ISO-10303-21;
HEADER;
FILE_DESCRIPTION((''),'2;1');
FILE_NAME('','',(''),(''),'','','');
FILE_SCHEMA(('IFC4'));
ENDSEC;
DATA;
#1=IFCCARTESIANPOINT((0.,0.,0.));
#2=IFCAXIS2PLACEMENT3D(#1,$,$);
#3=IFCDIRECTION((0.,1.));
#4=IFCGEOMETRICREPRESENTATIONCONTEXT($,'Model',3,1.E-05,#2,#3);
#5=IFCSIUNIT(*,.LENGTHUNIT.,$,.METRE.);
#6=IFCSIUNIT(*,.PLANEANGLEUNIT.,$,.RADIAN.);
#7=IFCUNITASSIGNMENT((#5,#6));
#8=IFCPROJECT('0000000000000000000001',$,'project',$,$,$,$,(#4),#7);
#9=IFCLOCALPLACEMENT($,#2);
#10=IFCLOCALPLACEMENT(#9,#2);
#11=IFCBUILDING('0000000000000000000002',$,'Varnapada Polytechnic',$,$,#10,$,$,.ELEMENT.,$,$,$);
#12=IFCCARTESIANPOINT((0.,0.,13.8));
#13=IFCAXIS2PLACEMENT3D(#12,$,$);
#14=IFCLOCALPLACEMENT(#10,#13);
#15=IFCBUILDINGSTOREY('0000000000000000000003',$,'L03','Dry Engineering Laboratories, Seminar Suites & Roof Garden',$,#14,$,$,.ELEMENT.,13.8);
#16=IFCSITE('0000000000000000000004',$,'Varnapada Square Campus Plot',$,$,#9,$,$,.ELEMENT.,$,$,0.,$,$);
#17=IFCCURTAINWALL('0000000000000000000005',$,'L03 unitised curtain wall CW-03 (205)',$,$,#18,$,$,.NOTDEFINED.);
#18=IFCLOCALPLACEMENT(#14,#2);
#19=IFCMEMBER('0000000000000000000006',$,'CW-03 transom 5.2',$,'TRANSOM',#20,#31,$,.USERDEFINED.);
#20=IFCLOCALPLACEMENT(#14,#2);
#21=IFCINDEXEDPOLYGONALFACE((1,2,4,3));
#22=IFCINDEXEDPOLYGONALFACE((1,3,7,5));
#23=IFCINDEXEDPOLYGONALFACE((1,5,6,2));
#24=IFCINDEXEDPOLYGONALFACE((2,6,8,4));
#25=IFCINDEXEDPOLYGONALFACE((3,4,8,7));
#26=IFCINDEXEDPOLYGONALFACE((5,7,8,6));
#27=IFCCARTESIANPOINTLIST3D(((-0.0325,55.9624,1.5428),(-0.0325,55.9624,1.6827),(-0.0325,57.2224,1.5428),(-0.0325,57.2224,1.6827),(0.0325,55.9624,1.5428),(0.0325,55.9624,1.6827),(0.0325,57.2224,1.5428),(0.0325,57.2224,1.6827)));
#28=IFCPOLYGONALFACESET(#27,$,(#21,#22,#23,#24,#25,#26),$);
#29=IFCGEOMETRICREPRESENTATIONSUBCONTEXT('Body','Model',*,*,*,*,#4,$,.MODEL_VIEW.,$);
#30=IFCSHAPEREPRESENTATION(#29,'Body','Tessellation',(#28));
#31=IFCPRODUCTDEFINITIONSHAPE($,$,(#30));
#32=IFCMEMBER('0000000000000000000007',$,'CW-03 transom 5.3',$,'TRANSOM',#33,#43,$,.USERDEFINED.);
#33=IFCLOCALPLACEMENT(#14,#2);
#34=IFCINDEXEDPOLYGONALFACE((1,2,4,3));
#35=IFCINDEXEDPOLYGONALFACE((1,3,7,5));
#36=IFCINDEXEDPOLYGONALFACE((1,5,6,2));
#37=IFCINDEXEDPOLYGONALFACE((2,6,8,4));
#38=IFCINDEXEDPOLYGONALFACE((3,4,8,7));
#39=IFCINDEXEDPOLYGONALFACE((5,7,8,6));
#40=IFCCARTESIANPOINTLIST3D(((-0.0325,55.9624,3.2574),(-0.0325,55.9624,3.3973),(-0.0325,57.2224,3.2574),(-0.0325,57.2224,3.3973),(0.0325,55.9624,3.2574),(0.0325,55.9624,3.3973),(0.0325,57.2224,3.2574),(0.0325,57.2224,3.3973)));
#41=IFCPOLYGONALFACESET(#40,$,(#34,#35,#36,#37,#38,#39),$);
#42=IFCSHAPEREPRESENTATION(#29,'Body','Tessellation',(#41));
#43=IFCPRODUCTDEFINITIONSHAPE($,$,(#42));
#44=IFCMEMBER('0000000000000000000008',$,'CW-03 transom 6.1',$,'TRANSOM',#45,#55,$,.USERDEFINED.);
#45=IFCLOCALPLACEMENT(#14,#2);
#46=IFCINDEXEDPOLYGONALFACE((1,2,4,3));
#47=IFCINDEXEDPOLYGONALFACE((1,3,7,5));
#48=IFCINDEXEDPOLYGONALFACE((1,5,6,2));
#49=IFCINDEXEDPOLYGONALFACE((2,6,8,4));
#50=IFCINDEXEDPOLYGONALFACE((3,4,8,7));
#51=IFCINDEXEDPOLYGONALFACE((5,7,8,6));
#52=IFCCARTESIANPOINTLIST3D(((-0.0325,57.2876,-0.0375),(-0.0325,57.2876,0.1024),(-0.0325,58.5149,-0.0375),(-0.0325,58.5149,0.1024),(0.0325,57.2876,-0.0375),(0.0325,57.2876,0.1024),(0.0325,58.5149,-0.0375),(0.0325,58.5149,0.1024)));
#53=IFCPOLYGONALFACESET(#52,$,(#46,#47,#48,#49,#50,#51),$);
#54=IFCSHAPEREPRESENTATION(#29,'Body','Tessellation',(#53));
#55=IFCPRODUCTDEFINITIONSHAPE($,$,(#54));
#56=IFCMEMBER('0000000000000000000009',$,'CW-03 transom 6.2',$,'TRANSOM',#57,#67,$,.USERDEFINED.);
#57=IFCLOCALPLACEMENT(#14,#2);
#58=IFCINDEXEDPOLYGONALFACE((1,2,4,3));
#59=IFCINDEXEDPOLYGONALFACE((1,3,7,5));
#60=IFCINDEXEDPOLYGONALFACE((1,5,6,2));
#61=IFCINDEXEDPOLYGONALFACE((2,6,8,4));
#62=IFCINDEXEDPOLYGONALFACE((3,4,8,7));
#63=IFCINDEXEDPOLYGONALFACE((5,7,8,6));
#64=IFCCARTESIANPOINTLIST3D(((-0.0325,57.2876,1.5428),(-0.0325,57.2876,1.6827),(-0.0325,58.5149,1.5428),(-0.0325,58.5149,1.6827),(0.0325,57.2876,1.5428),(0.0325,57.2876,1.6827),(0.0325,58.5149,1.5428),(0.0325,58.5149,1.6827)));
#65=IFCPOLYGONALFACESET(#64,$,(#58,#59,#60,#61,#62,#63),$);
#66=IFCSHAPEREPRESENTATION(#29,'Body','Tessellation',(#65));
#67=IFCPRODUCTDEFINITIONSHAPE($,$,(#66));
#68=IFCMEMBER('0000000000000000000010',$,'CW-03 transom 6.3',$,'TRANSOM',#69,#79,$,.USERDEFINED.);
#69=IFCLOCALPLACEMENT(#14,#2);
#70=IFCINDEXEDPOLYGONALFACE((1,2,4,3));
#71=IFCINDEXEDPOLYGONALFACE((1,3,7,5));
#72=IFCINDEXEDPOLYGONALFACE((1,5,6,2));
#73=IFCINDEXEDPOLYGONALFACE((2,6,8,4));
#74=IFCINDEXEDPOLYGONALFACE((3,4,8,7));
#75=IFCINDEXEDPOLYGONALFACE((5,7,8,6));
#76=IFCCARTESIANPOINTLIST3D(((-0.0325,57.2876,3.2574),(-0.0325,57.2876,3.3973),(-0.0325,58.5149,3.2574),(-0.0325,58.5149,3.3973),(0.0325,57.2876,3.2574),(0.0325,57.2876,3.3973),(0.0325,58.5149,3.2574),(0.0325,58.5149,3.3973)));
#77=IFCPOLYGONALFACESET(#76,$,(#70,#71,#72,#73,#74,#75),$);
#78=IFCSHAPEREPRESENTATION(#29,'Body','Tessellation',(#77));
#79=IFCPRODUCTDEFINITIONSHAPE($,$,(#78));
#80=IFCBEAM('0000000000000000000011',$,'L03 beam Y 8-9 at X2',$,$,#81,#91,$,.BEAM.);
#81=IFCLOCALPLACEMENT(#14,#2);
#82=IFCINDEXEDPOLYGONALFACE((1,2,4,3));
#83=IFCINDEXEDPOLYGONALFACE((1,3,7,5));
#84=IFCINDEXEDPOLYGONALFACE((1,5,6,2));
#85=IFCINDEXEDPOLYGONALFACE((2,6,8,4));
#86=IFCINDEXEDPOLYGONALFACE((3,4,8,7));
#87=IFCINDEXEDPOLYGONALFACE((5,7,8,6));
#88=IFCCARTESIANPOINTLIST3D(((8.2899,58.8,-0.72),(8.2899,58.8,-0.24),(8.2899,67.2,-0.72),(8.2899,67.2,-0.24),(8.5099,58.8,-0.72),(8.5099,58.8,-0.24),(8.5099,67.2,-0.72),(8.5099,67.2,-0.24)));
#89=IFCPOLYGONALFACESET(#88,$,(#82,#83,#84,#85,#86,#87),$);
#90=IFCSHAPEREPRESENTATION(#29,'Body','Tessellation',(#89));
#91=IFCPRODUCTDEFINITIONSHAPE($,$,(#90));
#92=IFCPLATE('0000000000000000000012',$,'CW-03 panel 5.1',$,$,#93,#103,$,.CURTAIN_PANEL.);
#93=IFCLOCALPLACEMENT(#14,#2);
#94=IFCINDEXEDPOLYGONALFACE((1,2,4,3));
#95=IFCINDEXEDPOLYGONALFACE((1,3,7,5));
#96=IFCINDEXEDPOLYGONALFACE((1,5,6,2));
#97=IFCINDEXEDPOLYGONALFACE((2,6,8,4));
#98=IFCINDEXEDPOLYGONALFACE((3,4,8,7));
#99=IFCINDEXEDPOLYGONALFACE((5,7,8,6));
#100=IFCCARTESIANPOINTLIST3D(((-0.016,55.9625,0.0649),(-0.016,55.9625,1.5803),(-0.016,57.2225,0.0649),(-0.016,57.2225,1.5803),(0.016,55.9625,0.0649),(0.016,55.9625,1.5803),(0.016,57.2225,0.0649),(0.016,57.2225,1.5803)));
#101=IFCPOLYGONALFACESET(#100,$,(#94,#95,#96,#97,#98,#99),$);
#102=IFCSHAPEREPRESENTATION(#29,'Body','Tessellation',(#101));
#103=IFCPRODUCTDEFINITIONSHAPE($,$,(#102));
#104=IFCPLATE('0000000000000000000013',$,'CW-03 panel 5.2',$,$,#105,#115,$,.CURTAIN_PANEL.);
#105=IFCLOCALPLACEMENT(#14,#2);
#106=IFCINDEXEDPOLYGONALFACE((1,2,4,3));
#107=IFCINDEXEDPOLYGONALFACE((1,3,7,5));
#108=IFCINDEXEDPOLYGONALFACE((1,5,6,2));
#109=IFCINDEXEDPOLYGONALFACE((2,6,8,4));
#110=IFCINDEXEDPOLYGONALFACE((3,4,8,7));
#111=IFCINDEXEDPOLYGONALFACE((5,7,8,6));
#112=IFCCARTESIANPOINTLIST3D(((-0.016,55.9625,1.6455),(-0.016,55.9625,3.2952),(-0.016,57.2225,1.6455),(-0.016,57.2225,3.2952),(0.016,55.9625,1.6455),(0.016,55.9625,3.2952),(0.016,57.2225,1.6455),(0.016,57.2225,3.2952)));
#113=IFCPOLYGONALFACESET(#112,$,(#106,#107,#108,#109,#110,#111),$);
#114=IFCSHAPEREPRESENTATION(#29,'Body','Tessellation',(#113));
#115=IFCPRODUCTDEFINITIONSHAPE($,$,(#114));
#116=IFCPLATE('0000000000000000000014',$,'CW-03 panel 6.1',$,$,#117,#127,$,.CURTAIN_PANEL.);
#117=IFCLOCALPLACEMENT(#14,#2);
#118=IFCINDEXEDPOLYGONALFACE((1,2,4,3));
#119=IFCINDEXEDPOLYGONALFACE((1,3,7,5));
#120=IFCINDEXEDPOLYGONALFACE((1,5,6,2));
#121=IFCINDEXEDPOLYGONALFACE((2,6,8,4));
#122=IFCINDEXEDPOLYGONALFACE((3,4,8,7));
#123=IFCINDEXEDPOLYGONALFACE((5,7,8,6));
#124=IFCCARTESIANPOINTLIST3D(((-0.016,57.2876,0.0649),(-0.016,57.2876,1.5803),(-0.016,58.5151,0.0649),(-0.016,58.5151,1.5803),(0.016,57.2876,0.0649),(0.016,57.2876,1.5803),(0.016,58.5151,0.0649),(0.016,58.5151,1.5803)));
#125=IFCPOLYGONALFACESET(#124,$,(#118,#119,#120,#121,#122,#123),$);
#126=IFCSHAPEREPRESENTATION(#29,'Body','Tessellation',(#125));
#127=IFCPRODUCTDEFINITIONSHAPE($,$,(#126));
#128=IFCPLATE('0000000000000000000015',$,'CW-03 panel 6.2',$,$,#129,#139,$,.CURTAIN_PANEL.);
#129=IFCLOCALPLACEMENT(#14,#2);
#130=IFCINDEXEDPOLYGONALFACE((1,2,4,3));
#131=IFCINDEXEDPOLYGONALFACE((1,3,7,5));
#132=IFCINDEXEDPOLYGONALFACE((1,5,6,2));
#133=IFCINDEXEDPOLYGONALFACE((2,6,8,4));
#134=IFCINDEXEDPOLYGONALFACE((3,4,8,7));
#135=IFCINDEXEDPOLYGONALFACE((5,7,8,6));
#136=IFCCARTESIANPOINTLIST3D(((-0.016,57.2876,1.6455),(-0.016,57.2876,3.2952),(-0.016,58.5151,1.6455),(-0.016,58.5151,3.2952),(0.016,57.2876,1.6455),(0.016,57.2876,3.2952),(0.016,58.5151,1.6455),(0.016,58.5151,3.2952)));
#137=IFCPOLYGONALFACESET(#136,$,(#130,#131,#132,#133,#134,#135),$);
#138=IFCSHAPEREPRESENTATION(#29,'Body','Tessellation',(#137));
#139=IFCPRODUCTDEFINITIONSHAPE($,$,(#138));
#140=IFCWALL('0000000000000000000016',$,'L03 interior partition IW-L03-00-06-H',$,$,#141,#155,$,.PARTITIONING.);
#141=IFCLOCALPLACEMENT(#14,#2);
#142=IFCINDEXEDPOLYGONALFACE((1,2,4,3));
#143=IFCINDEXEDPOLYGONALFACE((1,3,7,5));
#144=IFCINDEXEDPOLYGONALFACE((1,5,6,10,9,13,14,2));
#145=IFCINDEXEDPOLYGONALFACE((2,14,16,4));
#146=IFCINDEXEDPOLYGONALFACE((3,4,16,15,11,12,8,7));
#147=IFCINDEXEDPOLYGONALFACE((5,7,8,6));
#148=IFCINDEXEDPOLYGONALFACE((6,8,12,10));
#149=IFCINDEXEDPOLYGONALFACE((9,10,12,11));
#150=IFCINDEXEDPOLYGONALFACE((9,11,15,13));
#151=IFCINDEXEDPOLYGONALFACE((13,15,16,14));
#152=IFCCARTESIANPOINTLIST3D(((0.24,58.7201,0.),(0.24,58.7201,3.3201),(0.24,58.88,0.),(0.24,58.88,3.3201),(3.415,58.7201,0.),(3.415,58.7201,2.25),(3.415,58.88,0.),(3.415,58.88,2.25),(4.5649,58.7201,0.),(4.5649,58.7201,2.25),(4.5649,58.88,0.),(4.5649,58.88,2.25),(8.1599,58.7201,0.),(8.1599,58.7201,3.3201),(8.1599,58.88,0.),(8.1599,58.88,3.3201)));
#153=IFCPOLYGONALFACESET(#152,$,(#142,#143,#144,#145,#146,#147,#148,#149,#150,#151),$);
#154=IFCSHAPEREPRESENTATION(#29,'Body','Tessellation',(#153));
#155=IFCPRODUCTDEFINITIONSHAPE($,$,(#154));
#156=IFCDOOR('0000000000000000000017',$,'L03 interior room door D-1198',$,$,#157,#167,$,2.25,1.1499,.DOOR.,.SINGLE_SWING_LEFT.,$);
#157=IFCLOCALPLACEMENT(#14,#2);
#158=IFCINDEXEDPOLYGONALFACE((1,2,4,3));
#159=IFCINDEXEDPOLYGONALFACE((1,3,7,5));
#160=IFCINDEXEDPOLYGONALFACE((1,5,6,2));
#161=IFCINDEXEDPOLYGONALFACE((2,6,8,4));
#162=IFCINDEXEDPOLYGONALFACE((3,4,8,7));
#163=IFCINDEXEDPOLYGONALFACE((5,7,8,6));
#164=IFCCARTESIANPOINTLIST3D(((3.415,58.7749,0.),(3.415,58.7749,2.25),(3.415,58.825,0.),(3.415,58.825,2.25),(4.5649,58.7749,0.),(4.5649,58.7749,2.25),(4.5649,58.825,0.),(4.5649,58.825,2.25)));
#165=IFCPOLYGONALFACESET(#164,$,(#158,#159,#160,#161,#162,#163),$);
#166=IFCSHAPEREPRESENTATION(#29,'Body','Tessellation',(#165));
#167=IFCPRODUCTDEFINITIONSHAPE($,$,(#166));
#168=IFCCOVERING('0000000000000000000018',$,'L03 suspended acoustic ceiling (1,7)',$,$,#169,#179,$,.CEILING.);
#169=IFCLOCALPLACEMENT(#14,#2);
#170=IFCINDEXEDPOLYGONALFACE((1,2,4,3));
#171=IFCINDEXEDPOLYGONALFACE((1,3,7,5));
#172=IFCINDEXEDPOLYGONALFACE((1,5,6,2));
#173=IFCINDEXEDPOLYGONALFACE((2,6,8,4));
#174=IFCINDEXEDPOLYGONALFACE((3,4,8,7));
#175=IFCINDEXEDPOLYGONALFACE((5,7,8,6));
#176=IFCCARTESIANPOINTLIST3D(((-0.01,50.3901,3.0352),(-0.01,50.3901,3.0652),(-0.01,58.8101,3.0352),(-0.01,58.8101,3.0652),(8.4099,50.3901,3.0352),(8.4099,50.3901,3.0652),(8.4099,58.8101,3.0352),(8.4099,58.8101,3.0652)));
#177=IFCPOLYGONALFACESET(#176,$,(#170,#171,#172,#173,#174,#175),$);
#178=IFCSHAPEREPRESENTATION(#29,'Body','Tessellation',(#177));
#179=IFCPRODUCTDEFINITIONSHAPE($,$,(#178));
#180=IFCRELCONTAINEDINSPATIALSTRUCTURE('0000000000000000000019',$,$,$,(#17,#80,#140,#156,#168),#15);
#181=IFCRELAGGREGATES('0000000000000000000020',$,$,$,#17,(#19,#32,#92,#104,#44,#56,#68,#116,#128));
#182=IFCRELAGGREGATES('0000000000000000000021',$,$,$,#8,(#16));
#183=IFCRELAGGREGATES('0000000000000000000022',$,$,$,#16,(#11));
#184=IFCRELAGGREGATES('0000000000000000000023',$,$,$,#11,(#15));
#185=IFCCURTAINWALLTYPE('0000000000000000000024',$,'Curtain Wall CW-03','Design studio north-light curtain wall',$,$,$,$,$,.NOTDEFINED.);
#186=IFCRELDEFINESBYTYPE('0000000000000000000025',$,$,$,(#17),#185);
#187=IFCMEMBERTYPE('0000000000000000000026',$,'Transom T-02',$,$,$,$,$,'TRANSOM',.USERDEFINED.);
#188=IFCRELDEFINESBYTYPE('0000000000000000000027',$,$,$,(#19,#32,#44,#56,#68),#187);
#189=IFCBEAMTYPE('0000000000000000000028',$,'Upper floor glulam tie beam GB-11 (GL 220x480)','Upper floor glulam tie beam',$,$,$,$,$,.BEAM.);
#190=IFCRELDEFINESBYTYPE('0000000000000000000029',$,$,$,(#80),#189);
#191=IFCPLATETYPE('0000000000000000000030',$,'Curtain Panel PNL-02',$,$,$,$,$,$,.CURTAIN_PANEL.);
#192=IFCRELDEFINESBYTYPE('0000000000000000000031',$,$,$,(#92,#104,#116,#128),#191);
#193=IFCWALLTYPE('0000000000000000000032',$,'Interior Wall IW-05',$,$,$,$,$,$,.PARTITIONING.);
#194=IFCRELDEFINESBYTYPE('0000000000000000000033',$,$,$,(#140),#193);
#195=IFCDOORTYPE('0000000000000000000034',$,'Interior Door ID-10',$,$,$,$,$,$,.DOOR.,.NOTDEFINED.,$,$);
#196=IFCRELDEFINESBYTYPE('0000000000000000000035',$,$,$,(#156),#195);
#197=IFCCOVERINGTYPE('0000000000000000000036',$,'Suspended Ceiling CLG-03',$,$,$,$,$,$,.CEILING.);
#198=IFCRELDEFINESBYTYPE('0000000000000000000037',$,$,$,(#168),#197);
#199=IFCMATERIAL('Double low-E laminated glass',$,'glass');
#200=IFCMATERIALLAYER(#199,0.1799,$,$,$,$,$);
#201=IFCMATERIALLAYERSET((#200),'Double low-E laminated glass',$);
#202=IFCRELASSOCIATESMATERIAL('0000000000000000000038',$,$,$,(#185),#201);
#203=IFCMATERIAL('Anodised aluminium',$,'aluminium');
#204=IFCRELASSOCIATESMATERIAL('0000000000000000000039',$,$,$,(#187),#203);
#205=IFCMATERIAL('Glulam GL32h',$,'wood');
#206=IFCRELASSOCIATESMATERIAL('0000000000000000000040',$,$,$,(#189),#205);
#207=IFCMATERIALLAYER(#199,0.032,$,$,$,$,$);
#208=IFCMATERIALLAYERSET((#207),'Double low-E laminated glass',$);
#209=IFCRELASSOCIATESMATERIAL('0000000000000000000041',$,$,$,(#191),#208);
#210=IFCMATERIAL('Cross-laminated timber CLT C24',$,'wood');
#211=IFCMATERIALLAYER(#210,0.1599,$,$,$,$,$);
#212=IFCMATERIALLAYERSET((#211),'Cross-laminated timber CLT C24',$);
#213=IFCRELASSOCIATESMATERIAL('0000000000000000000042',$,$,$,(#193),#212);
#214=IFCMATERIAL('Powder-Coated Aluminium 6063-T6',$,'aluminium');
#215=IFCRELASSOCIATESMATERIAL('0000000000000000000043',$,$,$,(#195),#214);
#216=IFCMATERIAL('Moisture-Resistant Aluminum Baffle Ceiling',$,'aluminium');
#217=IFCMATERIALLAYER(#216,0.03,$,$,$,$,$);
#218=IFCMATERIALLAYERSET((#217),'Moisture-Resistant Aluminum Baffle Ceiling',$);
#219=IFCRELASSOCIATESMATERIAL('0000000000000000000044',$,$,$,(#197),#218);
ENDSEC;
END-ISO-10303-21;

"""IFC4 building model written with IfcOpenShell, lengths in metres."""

from ifc_helpers import new_model, si_unit, direction, frame, frame_2d, origin, origin_2d, place, context, subcontext, project, spatial, rectangle, extrude, material, layer, layer_set, material_profile, profile_set, type_object, element, fill, aggregate, save


model = new_model("IFC4")

# Units and contexts
model_context = context("Model", 3, precision=1e-05, world=origin(), true_north=direction((0.0, 1.0)))
body_context = subcontext(model_context, "Body", "Model", "MODEL_VIEW")
ifc_project = project(units=[si_unit("LENGTHUNIT", "METRE"), si_unit("PLANEANGLEUNIT", "RADIAN")], contexts=[model_context])

# Site, building, storey
site_placement = place(None, origin())
site = spatial("IfcSite", under=ifc_project, at=site_placement, Name="Varnapada Square Campus Plot", CompositionType="ELEMENT", RefElevation=0.0)
building_placement = place(site_placement, origin())
building = spatial("IfcBuilding", under=site, at=building_placement, Name="Varnapada Polytechnic", CompositionType="ELEMENT")
storey_placement = place(building_placement, frame((0.0, 0.0, 13.8)))
storey = spatial("IfcBuildingStorey", under=building, at=storey_placement, Name="L03", Description="Dry Engineering Laboratories, Seminar Suites & Roof Garden", CompositionType="ELEMENT", Elevation=13.8)

# Shared definitions
ifc_material_1 = material(Name="Glulam GL32h", Category="wood")

# Curtain wall
ifc_material_2 = material(Name="Double low-E laminated glass", Category="glass")
ifc_layer_1 = layer(ifc_material_2, 0.1799)
ifc_layer_set_1 = layer_set([ifc_layer_1], Name="Double low-E laminated glass")
curtain_wall_type = type_object("IfcCurtainWallType", Name="Curtain Wall CW-03", Description="Design studio north-light curtain wall", PredefinedType="NOTDEFINED", material=ifc_layer_set_1)
curtain_wall_placement = place(storey_placement, origin())
curtain_wall = element("IfcCurtainWall", 1, at=curtain_wall_placement, inside=storey, type_object=curtain_wall_type, Name="L03 unitised curtain wall CW-03 (205)", PredefinedType="NOTDEFINED")
ifc_material_3 = material(Name="Anodised aluminium", Category="aluminium")

# Members
ifc_material_profile_1 = material_profile(ifc_material_3, rectangle(XDim=0.0649, YDim=0.1399, at=origin_2d()), Name="ALU T65x140")
ifc_profile_set_1 = profile_set([ifc_material_profile_1], Name="Anodised aluminium")
member_type_1 = type_object("IfcMemberType", Name="Transom T-02", ElementType="TRANSOM", PredefinedType="USERDEFINED", material=ifc_profile_set_1)
member_1_placement = place(storey_placement, frame((0.0, 55.9624, 1.6128), z_axis=(0.0, 1.0, 0.0), x_axis=(-1.0, 0.0, 0.0)))
member_1 = element("IfcMember", 2, at=member_1_placement, type_object=member_type_1, Name="CW-03 transom 5.2", ObjectType="TRANSOM", PredefinedType="USERDEFINED", context=body_context, shape_type="SweptSolid", body=[
    extrude(rectangle(XDim=0.0649, YDim=0.1399, at=origin_2d()), origin(), (0.0, 0.0, 1.0), 1.26),
])
member_2_placement = place(storey_placement, frame((0.0, 55.9624, 3.3274), z_axis=(0.0, 1.0, 0.0), x_axis=(-1.0, 0.0, 0.0)))
member_2 = element("IfcMember", 3, at=member_2_placement, type_object=member_type_1, Name="CW-03 transom 5.3", ObjectType="TRANSOM", PredefinedType="USERDEFINED", context=body_context, shape_type="SweptSolid", body=[
    extrude(rectangle(XDim=0.0649, YDim=0.1399, at=origin_2d()), origin(), (0.0, 0.0, 1.0), 1.26),
])
member_3_placement = place(storey_placement, frame((0.0, 57.2876, 0.0325), z_axis=(0.0, 1.0, 0.0), x_axis=(-1.0, 0.0, 0.0)))
member_3 = element("IfcMember", 4, at=member_3_placement, type_object=member_type_1, Name="CW-03 transom 6.1", ObjectType="TRANSOM", PredefinedType="USERDEFINED", context=body_context, shape_type="SweptSolid", body=[
    extrude(rectangle(XDim=0.0649, YDim=0.1399, at=origin_2d()), origin(), (0.0, 0.0, 1.0), 1.2273),
])
member_4_placement = place(storey_placement, frame((0.0, 57.2876, 1.6128), z_axis=(0.0, 1.0, 0.0), x_axis=(-1.0, 0.0, 0.0)))
member_4 = element("IfcMember", 5, at=member_4_placement, type_object=member_type_1, Name="CW-03 transom 6.2", ObjectType="TRANSOM", PredefinedType="USERDEFINED", context=body_context, shape_type="SweptSolid", body=[
    extrude(rectangle(XDim=0.0649, YDim=0.1399, at=origin_2d()), origin(), (0.0, 0.0, 1.0), 1.2273),
])
member_5_placement = place(storey_placement, frame((0.0, 57.2876, 3.3274), z_axis=(0.0, 1.0, 0.0), x_axis=(-1.0, 0.0, 0.0)))
member_5 = element("IfcMember", 6, at=member_5_placement, type_object=member_type_1, Name="CW-03 transom 6.3", ObjectType="TRANSOM", PredefinedType="USERDEFINED", context=body_context, shape_type="SweptSolid", body=[
    extrude(rectangle(XDim=0.0649, YDim=0.1399, at=origin_2d()), origin(), (0.0, 0.0, 1.0), 1.2273),
])

# Beam
ifc_material_profile_2 = material_profile(ifc_material_1, rectangle(XDim=0.22, YDim=0.48, at=origin_2d()), Name="GL 220x480")
ifc_profile_set_2 = profile_set([ifc_material_profile_2], Name="Glulam GL32h")
beam_type_1 = type_object("IfcBeamType", Name="Upper floor glulam tie beam GB-11 (GL 220x480)", Description="Upper floor glulam tie beam", PredefinedType="BEAM", material=ifc_profile_set_2)
beam_1_placement = place(storey_placement, frame((8.3999, 58.8, -0.48), z_axis=(0.0, 1.0, 0.0), x_axis=(-1.0, 0.0, 0.0)))
element("IfcBeam", 7, at=beam_1_placement, inside=storey, type_object=beam_type_1, Name="L03 beam Y 8-9 at X2", PredefinedType="BEAM", context=body_context, shape_type="SweptSolid", body=[
    extrude(rectangle(XDim=0.22, YDim=0.48, at=origin_2d()), origin(), (0.0, 0.0, 1.0), 8.3999),
])

# Plates
ifc_layer_2 = layer(ifc_material_2, 0.032)
ifc_layer_set_2 = layer_set([ifc_layer_2], Name="Double low-E laminated glass")
plate_type = type_object("IfcPlateType", Name="Curtain Panel PNL-02", PredefinedType="CURTAIN_PANEL", material=ifc_layer_set_2)
plate_1_placement = place(storey_placement, frame((0.0, 56.5925, 0.0649), z_axis=(0.0, 0.0, 1.0), x_axis=(0.0, 1.0, 0.0)))
plate_1 = element("IfcPlate", 8, at=plate_1_placement, type_object=plate_type, Name="CW-03 panel 5.1", PredefinedType="CURTAIN_PANEL", context=body_context, shape_type="SweptSolid", body=[
    extrude(rectangle(XDim=1.26, YDim=0.032, at=origin_2d()), origin(), (0.0, 0.0, 1.0), 1.5154),
])
plate_2_placement = place(storey_placement, frame((0.0, 56.5925, 1.6455), z_axis=(0.0, 0.0, 1.0), x_axis=(0.0, 1.0, 0.0)))
plate_2 = element("IfcPlate", 9, at=plate_2_placement, type_object=plate_type, Name="CW-03 panel 5.2", PredefinedType="CURTAIN_PANEL", context=body_context, shape_type="SweptSolid", body=[
    extrude(rectangle(XDim=1.26, YDim=0.032, at=origin_2d()), origin(), (0.0, 0.0, 1.0), 1.6497),
])
plate_3_placement = place(storey_placement, frame((0.0, 57.9014, 0.0649), z_axis=(0.0, 0.0, 1.0), x_axis=(0.0, 1.0, 0.0)))
plate_3 = element("IfcPlate", 10, at=plate_3_placement, type_object=plate_type, Name="CW-03 panel 6.1", PredefinedType="CURTAIN_PANEL", context=body_context, shape_type="SweptSolid", body=[
    extrude(rectangle(XDim=1.2275, YDim=0.032, at=origin_2d()), origin(), (0.0, 0.0, 1.0), 1.5154),
])
plate_4_placement = place(storey_placement, frame((0.0, 57.9014, 1.6455), z_axis=(0.0, 0.0, 1.0), x_axis=(0.0, 1.0, 0.0)))
plate_4 = element("IfcPlate", 11, at=plate_4_placement, type_object=plate_type, Name="CW-03 panel 6.2", PredefinedType="CURTAIN_PANEL", context=body_context, shape_type="SweptSolid", body=[
    extrude(rectangle(XDim=1.2275, YDim=0.032, at=origin_2d()), origin(), (0.0, 0.0, 1.0), 1.6497),
])
aggregate(curtain_wall, [member_1, member_2, plate_1, plate_2, member_3, member_4, member_5, plate_3, plate_4])

# Wall, opening, door
ifc_material_4 = material(Name="Cross-laminated timber CLT C24", Category="wood")
ifc_layer_3 = layer(ifc_material_4, 0.1599)
ifc_layer_set_3 = layer_set([ifc_layer_3], Name="Cross-laminated timber CLT C24")
wall_type = type_object("IfcWallType", Name="Interior Wall IW-05", PredefinedType="PARTITIONING", material=ifc_layer_set_3)
wall_placement = place(storey_placement, frame((0.24, 58.8, 0.0), z_axis=(0.0, 0.0, 1.0), x_axis=(1.0, 0.0, 0.0)))
wall = element("IfcWall", 12, at=wall_placement, inside=storey, type_object=wall_type, Name="L03 interior partition IW-L03-00-06-H", PredefinedType="PARTITIONING", context=body_context, shape_type="SweptSolid", body=[
    extrude(rectangle(XDim=7.9199, YDim=0.1599, at=frame_2d((3.96, 0.0))), origin(), (0.0, 0.0, 1.0), 3.3201),
])
opening_placement = place(wall_placement, frame((3.175, 0.0, 0.0)))
opening = element("IfcOpeningElement", 13, at=opening_placement, cuts=wall, PredefinedType="OPENING", context=body_context, shape_type="SweptSolid", body=[
    extrude(rectangle(XDim=1.1499, YDim=2.25, at=frame_2d((0.575, 1.125))), frame((0.0, 0.0898, 0.0), z_axis=(0.0, -1.0, 0.0), x_axis=(1.0, 0.0, 0.0)), (0.0, 0.0, 1.0), 0.1799),
])
ifc_material_5 = material(Name="Powder-Coated Aluminium 6063-T6", Category="aluminium")
door_type = type_object("IfcDoorType", Name="Interior Door ID-10", OperationType="NOTDEFINED", PredefinedType="DOOR", material=ifc_material_5)
door_placement = place(opening_placement, origin())
door = element("IfcDoor", 14, at=door_placement, inside=storey, type_object=door_type, Name="L03 interior room door D-1198", OperationType="SINGLE_SWING_LEFT", OverallHeight=2.25, OverallWidth=1.1499, PredefinedType="DOOR", context=body_context, shape_type="SweptSolid", body=[
    extrude(rectangle(XDim=1.1499, YDim=2.25, at=frame_2d((0.575, 1.125))), frame((0.0, 0.0249, 0.0), z_axis=(0.0, -1.0, 0.0), x_axis=(1.0, 0.0, 0.0)), (0.0, 0.0, 1.0), 0.05),
])
fill(opening, door)

# Covering
ifc_material_6 = material(Name="Moisture-Resistant Aluminum Baffle Ceiling", Category="aluminium")
ifc_layer_4 = layer(ifc_material_6, 0.03)
ifc_layer_set_4 = layer_set([ifc_layer_4], Name="Moisture-Resistant Aluminum Baffle Ceiling")
covering_type = type_object("IfcCoveringType", Name="Suspended Ceiling CLG-03", PredefinedType="CEILING", material=ifc_layer_set_4)
for number, where, z_axis, x_axis, name in (
    (15, (4.2, 54.6001, 3.0352), (0.0, 0.0, 1.0), (1.0, 0.0, 0.0), "L03 suspended acoustic ceiling (1,7)"),
):
    element("IfcCovering", number, at=place(storey_placement, frame(where, z_axis=z_axis, x_axis=x_axis)), inside=storey, type_object=covering_type, Name=name, PredefinedType="CEILING", context=body_context, shape_type="SweptSolid", body=[
        extrude(rectangle(XDim=8.4199, YDim=8.4199, at=origin_2d()), origin(), (0.0, 0.0, 1.0), 0.03),
    ])

save(model, "model.ifc")
